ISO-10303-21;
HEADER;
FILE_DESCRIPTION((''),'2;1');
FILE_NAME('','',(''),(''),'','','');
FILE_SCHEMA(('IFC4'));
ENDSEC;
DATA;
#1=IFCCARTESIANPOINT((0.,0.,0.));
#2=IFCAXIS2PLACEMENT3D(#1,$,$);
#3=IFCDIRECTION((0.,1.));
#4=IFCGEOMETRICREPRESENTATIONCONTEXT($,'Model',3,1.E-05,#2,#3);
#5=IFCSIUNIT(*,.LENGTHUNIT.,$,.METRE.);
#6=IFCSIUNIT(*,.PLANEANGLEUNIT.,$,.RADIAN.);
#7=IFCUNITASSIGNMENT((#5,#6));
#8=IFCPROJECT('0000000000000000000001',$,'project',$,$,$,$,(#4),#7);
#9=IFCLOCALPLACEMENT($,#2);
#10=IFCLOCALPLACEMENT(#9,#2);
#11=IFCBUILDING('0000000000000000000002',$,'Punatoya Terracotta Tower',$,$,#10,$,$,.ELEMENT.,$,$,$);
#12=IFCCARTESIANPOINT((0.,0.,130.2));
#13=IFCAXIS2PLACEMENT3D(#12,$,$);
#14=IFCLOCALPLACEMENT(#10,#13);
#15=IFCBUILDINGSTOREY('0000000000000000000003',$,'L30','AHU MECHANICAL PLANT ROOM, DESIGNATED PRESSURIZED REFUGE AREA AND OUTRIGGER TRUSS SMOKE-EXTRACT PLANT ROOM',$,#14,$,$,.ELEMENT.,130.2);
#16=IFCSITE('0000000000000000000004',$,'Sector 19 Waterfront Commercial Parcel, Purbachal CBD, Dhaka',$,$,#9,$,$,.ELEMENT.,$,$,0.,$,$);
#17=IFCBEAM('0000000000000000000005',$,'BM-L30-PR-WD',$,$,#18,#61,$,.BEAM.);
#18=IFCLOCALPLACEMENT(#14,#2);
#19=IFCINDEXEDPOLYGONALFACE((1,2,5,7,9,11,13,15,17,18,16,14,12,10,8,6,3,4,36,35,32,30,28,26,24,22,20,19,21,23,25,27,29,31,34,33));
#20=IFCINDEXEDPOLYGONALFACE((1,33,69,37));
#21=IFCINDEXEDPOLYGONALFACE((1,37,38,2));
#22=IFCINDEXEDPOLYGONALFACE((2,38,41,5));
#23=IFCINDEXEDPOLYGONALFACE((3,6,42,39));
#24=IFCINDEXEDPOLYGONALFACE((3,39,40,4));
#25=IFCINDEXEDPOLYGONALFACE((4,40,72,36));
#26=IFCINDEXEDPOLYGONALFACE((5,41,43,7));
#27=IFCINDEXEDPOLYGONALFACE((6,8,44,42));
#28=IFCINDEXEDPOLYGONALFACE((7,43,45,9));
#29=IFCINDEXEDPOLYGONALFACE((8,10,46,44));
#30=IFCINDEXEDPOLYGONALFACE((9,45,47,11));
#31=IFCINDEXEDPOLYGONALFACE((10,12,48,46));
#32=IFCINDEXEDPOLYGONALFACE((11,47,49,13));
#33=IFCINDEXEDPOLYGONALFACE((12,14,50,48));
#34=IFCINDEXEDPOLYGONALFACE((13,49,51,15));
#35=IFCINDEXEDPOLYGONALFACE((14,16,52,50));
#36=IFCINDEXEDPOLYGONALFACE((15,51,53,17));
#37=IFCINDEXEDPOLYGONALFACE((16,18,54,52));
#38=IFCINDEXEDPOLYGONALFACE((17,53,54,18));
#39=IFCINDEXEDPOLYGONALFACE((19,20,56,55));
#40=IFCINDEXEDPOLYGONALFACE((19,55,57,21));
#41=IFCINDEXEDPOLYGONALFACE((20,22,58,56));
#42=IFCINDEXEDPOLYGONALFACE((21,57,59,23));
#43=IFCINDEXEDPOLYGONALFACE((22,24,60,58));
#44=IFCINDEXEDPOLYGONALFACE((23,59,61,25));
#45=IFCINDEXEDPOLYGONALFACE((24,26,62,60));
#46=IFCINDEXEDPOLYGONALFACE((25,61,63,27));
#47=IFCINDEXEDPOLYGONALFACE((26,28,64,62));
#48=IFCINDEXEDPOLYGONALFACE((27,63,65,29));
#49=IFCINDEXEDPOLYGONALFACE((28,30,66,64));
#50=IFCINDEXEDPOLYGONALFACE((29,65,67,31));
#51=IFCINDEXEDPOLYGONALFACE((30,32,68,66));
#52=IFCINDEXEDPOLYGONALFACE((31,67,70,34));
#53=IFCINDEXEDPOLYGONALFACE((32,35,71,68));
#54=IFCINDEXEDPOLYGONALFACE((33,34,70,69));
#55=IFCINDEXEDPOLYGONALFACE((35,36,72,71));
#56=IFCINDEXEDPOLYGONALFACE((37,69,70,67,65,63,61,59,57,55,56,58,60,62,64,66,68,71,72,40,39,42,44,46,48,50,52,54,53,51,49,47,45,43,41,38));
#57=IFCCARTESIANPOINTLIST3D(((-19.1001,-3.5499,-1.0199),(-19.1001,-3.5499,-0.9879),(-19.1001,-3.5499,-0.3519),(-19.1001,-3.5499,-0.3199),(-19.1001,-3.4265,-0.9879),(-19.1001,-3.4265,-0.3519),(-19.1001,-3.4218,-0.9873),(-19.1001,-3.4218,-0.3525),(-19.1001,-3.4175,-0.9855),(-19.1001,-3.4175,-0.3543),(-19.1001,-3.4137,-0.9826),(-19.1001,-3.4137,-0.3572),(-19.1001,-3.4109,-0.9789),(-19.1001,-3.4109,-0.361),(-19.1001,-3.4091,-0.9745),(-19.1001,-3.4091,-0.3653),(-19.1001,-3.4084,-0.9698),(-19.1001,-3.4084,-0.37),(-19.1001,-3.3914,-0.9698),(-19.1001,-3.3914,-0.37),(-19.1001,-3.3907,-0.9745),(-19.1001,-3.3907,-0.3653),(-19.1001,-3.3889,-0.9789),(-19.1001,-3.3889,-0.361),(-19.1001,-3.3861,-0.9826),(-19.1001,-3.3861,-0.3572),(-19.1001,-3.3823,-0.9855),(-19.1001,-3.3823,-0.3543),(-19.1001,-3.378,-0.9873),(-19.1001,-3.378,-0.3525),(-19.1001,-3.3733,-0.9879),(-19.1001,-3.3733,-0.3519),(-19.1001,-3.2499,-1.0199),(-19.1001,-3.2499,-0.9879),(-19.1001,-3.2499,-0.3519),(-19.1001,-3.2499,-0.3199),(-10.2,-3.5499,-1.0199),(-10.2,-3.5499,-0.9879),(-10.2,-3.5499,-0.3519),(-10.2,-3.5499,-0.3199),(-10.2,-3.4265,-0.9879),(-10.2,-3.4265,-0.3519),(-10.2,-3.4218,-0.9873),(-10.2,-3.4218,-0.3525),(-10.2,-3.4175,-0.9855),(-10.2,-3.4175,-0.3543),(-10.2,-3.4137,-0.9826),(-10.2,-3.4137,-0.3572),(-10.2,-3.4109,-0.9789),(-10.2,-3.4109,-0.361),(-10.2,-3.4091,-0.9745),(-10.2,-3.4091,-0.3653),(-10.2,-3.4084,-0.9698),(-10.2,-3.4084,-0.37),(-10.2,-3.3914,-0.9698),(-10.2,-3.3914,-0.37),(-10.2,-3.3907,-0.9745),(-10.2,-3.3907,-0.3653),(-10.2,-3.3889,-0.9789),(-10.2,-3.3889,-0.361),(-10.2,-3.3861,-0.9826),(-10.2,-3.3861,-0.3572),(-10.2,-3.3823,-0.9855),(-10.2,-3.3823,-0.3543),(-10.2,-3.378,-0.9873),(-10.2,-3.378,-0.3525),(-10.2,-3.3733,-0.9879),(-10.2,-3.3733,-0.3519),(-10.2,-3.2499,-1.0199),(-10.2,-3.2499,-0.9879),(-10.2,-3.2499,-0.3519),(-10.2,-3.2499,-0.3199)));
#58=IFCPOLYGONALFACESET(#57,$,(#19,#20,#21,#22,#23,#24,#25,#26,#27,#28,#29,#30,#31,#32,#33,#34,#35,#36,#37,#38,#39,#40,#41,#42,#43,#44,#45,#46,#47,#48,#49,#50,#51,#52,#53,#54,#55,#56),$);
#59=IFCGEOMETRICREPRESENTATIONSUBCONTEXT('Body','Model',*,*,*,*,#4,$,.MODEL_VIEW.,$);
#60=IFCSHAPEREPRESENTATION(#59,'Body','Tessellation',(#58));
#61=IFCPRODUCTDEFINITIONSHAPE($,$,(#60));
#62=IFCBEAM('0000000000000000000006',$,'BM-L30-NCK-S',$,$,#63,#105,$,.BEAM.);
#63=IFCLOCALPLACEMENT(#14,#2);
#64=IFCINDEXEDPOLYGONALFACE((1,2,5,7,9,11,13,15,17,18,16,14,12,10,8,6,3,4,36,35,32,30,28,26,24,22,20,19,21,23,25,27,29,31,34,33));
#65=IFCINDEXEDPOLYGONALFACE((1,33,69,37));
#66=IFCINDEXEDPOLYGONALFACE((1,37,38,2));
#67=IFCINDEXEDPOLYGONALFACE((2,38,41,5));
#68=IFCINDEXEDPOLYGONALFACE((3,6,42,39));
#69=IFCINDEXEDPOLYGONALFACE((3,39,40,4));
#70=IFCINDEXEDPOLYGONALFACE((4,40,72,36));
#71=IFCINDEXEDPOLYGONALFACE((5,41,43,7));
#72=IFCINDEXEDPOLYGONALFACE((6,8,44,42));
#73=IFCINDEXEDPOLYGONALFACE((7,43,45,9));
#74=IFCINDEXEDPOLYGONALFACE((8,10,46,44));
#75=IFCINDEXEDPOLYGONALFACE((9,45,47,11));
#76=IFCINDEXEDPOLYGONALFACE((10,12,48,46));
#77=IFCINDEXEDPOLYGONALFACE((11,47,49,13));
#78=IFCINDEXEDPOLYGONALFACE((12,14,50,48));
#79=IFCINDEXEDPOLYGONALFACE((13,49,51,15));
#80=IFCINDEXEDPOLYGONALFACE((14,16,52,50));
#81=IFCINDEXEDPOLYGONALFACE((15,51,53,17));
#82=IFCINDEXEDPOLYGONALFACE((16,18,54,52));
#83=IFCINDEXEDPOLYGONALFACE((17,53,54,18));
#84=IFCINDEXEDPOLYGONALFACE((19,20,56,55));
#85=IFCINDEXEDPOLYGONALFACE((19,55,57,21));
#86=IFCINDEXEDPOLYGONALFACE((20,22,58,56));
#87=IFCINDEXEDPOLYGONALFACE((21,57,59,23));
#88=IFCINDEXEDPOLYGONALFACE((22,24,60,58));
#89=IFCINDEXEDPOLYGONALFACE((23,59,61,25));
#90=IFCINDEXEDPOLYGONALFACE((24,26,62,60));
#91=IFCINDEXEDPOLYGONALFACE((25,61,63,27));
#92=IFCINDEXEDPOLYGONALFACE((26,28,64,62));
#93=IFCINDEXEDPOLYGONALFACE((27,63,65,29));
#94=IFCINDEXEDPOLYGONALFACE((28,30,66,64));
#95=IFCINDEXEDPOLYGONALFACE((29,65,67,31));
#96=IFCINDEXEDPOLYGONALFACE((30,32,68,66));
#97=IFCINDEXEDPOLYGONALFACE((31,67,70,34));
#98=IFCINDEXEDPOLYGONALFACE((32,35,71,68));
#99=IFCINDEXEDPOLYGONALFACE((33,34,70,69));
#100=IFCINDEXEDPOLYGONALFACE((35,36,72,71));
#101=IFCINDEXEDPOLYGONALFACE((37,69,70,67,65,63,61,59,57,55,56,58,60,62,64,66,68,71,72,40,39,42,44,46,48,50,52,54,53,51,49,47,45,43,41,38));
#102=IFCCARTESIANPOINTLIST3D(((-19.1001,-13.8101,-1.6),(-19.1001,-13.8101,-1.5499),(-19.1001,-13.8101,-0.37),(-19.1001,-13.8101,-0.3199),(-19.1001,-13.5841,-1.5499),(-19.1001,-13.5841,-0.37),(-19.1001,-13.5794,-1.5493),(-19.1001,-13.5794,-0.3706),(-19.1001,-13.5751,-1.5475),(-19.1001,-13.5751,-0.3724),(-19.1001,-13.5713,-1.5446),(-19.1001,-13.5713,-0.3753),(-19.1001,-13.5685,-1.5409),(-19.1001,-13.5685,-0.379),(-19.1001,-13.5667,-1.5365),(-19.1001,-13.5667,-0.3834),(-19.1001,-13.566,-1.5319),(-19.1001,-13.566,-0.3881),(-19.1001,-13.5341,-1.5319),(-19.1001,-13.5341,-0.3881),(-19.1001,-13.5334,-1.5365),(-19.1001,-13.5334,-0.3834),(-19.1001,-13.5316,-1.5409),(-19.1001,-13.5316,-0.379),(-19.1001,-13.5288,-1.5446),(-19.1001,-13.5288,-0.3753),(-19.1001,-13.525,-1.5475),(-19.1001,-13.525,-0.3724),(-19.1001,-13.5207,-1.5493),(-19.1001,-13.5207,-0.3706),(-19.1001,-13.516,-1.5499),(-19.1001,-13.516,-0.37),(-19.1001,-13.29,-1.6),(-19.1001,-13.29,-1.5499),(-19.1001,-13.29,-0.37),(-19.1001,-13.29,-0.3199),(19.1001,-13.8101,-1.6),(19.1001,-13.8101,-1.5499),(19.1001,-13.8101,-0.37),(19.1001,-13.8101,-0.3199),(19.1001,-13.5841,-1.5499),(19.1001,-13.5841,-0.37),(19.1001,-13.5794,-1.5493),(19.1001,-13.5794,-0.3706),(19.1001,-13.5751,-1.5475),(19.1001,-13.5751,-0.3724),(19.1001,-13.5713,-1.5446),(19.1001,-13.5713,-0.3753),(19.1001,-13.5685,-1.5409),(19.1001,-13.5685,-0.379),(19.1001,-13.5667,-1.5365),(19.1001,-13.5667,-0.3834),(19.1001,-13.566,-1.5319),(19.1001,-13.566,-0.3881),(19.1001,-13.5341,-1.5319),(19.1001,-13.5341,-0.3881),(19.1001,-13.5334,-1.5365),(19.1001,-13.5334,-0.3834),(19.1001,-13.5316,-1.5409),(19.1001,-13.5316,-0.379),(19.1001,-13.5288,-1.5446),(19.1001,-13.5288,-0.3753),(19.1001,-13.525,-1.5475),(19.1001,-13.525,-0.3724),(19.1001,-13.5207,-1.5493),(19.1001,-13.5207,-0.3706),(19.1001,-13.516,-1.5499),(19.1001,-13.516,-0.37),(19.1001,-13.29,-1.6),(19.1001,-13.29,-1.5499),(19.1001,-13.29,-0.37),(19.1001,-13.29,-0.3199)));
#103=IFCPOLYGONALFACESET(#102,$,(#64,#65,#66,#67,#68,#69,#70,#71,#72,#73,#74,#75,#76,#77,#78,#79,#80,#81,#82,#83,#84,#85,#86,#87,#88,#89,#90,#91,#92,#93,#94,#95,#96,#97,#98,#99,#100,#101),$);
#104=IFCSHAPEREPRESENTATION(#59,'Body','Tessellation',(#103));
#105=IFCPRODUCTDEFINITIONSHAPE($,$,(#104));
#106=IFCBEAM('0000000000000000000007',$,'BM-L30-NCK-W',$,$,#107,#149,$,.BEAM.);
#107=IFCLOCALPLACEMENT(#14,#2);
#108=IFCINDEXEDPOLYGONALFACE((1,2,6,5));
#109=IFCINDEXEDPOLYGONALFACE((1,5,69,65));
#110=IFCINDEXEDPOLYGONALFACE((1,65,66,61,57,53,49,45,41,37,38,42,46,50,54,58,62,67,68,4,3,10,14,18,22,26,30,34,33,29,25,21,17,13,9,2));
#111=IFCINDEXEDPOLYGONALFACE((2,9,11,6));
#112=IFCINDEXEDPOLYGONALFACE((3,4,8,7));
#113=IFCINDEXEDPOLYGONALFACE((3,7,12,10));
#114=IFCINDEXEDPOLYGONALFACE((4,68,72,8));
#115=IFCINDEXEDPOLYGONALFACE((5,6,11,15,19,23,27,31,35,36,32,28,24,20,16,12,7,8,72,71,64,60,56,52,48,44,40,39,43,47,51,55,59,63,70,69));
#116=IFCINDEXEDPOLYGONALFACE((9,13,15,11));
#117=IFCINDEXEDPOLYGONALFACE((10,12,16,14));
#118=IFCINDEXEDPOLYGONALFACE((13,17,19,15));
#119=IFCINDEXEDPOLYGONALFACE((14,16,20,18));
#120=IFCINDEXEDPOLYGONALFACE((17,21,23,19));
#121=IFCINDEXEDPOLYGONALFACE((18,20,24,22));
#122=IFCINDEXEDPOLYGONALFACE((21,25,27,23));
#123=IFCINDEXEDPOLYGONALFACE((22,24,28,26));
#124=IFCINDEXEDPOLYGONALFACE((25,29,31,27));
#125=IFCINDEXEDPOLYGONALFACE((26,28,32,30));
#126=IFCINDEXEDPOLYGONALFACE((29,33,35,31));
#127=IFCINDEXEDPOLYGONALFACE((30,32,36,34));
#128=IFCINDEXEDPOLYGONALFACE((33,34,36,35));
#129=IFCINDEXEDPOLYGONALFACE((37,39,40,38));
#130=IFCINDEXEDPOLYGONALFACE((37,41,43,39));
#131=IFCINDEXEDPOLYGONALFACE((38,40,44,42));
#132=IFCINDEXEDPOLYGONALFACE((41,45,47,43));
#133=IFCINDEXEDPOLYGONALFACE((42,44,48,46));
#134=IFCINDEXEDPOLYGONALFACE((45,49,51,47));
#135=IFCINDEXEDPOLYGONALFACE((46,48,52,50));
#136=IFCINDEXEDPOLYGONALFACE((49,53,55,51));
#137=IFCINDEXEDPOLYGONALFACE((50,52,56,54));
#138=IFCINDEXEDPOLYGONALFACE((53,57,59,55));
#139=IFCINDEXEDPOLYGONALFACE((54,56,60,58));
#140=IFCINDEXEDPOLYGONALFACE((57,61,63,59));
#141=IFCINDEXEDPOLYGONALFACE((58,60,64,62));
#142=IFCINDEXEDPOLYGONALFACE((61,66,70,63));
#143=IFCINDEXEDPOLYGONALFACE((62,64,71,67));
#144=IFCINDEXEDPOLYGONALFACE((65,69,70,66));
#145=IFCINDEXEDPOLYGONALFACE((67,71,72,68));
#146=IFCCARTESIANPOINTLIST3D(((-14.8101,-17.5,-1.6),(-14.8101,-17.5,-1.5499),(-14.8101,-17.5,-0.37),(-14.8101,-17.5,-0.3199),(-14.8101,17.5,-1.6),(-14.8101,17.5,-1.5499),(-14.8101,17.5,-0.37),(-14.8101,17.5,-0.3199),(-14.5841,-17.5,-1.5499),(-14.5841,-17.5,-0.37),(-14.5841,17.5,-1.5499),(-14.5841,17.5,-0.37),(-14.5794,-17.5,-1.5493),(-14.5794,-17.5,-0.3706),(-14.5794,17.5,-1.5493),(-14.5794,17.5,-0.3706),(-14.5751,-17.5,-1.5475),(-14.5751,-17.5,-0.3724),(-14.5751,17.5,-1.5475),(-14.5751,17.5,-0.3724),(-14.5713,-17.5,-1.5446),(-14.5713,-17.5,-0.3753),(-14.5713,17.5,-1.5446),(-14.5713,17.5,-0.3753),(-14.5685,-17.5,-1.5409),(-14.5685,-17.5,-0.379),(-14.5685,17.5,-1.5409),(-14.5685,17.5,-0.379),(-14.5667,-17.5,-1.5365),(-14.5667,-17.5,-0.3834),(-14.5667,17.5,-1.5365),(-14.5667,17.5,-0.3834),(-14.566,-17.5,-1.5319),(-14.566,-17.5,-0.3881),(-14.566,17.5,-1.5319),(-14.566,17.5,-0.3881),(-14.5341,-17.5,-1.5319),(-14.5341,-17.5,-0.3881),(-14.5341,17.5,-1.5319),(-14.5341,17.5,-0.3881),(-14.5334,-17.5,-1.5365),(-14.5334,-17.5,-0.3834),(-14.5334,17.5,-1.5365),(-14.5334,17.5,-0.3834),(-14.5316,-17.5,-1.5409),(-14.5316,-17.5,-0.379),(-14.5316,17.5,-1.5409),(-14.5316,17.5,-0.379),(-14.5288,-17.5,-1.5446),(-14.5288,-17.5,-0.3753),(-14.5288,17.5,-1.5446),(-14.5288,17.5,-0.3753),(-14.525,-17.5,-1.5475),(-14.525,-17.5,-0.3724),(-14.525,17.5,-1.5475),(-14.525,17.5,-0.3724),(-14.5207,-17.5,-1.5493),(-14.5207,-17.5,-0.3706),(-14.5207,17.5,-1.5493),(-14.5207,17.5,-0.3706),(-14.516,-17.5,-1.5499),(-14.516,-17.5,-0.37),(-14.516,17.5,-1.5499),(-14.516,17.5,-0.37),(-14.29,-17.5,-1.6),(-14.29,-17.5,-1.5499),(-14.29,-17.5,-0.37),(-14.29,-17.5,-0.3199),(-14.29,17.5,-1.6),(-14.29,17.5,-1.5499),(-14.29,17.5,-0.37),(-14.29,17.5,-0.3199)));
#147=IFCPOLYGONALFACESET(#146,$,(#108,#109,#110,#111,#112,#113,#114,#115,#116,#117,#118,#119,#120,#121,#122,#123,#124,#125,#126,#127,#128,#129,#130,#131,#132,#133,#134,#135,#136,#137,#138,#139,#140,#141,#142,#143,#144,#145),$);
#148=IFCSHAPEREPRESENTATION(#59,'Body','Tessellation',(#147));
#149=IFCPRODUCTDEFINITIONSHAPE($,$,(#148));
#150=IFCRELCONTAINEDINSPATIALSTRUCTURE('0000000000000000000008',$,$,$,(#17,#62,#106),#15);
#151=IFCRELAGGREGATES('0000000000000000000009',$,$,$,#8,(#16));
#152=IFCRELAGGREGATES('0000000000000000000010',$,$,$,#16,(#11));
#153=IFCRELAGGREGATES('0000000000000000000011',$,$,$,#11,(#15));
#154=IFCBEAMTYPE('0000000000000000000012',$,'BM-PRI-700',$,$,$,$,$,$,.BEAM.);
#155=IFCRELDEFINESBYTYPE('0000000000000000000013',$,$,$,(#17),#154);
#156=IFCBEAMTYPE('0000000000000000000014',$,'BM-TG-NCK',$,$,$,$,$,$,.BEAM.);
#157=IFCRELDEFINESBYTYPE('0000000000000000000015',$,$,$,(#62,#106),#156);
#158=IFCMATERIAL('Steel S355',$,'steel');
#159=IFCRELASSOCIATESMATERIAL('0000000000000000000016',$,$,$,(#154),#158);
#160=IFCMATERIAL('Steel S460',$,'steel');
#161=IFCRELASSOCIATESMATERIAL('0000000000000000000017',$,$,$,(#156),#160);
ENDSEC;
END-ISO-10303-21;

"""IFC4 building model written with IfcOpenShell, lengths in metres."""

from ifc_helpers import new_model, si_unit, direction, frame, origin, origin_2d, place, context, subcontext, project, spatial, i_section, extrude, material, material_profile, profile_set, type_object, element, save


model = new_model("IFC4")

# Units and contexts
model_context = context("Model", 3, precision=1e-05, world=origin(), true_north=direction((0.0, 1.0)))
body_context = subcontext(model_context, "Body", "Model", "MODEL_VIEW")
ifc_project = project(units=[si_unit("LENGTHUNIT", "METRE"), si_unit("PLANEANGLEUNIT", "RADIAN")], contexts=[model_context])

# Site, building, storey
site_placement = place(None, origin())
site = spatial("IfcSite", under=ifc_project, at=site_placement, Name="Sector 19 Waterfront Commercial Parcel, Purbachal CBD, Dhaka", CompositionType="ELEMENT", RefElevation=0.0)
building_placement = place(site_placement, origin())
building = spatial("IfcBuilding", under=site, at=building_placement, Name="Punatoya Terracotta Tower", CompositionType="ELEMENT")
storey_placement = place(building_placement, frame((0.0, 0.0, 130.2)))
storey = spatial("IfcBuildingStorey", under=building, at=storey_placement, Name="L30", Description="AHU MECHANICAL PLANT ROOM, DESIGNATED PRESSURIZED REFUGE AREA AND OUTRIGGER TRUSS SMOKE-EXTRACT PLANT ROOM", CompositionType="ELEMENT", Elevation=130.2)

# Shared definitions
ifc_material_1 = material(Name="Steel S460", Category="steel")

# Beams
ifc_material_2 = material(Name="Steel S355", Category="steel")
ifc_material_profile_1 = material_profile(ifc_material_2, i_section(OverallWidth=0.3, OverallDepth=0.7, WebThickness=0.0171, FlangeThickness=0.032, FilletRadius=0.0181, at=origin_2d()))
ifc_profile_set_1 = profile_set([ifc_material_profile_1], Name="Steel S355")
beam_type_1 = type_object("IfcBeamType", Name="BM-PRI-700", PredefinedType="BEAM", material=ifc_profile_set_1)
beam_1_placement = place(storey_placement, frame((-19.1001, -3.3999, -0.6699), z_axis=(1.0, 0.0, 0.0), x_axis=(0.0, 1.0, 0.0)))
element("IfcBeam", 1, at=beam_1_placement, inside=storey, type_object=beam_type_1, Name="BM-L30-PR-WD", PredefinedType="BEAM", context=body_context, shape_type="SweptSolid", body=[
    extrude(i_section(OverallWidth=0.3, OverallDepth=0.7, WebThickness=0.0171, FlangeThickness=0.032, FilletRadius=0.0181, at=origin_2d()), origin(), (0.0, 0.0, 1.0), 8.9001),
])
ifc_material_profile_2 = material_profile(ifc_material_1, i_section(OverallWidth=0.52, OverallDepth=1.28, WebThickness=0.032, FlangeThickness=0.05, FilletRadius=0.0181, at=origin_2d()))
ifc_profile_set_2 = profile_set([ifc_material_profile_2], Name="Steel S460")
beam_type_2 = type_object("IfcBeamType", Name="BM-TG-NCK", PredefinedType="BEAM", material=ifc_profile_set_2)
beam_2_placement = place(storey_placement, frame((-19.1001, -13.55, -0.96), z_axis=(1.0, 0.0, 0.0), x_axis=(0.0, 1.0, 0.0)))
element("IfcBeam", 2, at=beam_2_placement, inside=storey, type_object=beam_type_2, Name="BM-L30-NCK-S", PredefinedType="BEAM", context=body_context, shape_type="SweptSolid", body=[
    extrude(i_section(OverallWidth=0.52, OverallDepth=1.28, WebThickness=0.032, FlangeThickness=0.05, FilletRadius=0.0181, at=origin_2d()), origin(), (0.0, 0.0, 1.0), 38.2002),
])
beam_3_placement = place(storey_placement, frame((-14.55, -17.5, -0.96), z_axis=(0.0, 1.0, 0.0), x_axis=(-1.0, 0.0, 0.0)))
element("IfcBeam", 3, at=beam_3_placement, inside=storey, type_object=beam_type_2, Name="BM-L30-NCK-W", PredefinedType="BEAM", context=body_context, shape_type="SweptSolid", body=[
    extrude(i_section(OverallWidth=0.52, OverallDepth=1.28, WebThickness=0.032, FlangeThickness=0.05, FilletRadius=0.0181, at=origin_2d()), origin(), (0.0, 0.0, 1.0), 35.0),
])

save(model, "model.ifc")
